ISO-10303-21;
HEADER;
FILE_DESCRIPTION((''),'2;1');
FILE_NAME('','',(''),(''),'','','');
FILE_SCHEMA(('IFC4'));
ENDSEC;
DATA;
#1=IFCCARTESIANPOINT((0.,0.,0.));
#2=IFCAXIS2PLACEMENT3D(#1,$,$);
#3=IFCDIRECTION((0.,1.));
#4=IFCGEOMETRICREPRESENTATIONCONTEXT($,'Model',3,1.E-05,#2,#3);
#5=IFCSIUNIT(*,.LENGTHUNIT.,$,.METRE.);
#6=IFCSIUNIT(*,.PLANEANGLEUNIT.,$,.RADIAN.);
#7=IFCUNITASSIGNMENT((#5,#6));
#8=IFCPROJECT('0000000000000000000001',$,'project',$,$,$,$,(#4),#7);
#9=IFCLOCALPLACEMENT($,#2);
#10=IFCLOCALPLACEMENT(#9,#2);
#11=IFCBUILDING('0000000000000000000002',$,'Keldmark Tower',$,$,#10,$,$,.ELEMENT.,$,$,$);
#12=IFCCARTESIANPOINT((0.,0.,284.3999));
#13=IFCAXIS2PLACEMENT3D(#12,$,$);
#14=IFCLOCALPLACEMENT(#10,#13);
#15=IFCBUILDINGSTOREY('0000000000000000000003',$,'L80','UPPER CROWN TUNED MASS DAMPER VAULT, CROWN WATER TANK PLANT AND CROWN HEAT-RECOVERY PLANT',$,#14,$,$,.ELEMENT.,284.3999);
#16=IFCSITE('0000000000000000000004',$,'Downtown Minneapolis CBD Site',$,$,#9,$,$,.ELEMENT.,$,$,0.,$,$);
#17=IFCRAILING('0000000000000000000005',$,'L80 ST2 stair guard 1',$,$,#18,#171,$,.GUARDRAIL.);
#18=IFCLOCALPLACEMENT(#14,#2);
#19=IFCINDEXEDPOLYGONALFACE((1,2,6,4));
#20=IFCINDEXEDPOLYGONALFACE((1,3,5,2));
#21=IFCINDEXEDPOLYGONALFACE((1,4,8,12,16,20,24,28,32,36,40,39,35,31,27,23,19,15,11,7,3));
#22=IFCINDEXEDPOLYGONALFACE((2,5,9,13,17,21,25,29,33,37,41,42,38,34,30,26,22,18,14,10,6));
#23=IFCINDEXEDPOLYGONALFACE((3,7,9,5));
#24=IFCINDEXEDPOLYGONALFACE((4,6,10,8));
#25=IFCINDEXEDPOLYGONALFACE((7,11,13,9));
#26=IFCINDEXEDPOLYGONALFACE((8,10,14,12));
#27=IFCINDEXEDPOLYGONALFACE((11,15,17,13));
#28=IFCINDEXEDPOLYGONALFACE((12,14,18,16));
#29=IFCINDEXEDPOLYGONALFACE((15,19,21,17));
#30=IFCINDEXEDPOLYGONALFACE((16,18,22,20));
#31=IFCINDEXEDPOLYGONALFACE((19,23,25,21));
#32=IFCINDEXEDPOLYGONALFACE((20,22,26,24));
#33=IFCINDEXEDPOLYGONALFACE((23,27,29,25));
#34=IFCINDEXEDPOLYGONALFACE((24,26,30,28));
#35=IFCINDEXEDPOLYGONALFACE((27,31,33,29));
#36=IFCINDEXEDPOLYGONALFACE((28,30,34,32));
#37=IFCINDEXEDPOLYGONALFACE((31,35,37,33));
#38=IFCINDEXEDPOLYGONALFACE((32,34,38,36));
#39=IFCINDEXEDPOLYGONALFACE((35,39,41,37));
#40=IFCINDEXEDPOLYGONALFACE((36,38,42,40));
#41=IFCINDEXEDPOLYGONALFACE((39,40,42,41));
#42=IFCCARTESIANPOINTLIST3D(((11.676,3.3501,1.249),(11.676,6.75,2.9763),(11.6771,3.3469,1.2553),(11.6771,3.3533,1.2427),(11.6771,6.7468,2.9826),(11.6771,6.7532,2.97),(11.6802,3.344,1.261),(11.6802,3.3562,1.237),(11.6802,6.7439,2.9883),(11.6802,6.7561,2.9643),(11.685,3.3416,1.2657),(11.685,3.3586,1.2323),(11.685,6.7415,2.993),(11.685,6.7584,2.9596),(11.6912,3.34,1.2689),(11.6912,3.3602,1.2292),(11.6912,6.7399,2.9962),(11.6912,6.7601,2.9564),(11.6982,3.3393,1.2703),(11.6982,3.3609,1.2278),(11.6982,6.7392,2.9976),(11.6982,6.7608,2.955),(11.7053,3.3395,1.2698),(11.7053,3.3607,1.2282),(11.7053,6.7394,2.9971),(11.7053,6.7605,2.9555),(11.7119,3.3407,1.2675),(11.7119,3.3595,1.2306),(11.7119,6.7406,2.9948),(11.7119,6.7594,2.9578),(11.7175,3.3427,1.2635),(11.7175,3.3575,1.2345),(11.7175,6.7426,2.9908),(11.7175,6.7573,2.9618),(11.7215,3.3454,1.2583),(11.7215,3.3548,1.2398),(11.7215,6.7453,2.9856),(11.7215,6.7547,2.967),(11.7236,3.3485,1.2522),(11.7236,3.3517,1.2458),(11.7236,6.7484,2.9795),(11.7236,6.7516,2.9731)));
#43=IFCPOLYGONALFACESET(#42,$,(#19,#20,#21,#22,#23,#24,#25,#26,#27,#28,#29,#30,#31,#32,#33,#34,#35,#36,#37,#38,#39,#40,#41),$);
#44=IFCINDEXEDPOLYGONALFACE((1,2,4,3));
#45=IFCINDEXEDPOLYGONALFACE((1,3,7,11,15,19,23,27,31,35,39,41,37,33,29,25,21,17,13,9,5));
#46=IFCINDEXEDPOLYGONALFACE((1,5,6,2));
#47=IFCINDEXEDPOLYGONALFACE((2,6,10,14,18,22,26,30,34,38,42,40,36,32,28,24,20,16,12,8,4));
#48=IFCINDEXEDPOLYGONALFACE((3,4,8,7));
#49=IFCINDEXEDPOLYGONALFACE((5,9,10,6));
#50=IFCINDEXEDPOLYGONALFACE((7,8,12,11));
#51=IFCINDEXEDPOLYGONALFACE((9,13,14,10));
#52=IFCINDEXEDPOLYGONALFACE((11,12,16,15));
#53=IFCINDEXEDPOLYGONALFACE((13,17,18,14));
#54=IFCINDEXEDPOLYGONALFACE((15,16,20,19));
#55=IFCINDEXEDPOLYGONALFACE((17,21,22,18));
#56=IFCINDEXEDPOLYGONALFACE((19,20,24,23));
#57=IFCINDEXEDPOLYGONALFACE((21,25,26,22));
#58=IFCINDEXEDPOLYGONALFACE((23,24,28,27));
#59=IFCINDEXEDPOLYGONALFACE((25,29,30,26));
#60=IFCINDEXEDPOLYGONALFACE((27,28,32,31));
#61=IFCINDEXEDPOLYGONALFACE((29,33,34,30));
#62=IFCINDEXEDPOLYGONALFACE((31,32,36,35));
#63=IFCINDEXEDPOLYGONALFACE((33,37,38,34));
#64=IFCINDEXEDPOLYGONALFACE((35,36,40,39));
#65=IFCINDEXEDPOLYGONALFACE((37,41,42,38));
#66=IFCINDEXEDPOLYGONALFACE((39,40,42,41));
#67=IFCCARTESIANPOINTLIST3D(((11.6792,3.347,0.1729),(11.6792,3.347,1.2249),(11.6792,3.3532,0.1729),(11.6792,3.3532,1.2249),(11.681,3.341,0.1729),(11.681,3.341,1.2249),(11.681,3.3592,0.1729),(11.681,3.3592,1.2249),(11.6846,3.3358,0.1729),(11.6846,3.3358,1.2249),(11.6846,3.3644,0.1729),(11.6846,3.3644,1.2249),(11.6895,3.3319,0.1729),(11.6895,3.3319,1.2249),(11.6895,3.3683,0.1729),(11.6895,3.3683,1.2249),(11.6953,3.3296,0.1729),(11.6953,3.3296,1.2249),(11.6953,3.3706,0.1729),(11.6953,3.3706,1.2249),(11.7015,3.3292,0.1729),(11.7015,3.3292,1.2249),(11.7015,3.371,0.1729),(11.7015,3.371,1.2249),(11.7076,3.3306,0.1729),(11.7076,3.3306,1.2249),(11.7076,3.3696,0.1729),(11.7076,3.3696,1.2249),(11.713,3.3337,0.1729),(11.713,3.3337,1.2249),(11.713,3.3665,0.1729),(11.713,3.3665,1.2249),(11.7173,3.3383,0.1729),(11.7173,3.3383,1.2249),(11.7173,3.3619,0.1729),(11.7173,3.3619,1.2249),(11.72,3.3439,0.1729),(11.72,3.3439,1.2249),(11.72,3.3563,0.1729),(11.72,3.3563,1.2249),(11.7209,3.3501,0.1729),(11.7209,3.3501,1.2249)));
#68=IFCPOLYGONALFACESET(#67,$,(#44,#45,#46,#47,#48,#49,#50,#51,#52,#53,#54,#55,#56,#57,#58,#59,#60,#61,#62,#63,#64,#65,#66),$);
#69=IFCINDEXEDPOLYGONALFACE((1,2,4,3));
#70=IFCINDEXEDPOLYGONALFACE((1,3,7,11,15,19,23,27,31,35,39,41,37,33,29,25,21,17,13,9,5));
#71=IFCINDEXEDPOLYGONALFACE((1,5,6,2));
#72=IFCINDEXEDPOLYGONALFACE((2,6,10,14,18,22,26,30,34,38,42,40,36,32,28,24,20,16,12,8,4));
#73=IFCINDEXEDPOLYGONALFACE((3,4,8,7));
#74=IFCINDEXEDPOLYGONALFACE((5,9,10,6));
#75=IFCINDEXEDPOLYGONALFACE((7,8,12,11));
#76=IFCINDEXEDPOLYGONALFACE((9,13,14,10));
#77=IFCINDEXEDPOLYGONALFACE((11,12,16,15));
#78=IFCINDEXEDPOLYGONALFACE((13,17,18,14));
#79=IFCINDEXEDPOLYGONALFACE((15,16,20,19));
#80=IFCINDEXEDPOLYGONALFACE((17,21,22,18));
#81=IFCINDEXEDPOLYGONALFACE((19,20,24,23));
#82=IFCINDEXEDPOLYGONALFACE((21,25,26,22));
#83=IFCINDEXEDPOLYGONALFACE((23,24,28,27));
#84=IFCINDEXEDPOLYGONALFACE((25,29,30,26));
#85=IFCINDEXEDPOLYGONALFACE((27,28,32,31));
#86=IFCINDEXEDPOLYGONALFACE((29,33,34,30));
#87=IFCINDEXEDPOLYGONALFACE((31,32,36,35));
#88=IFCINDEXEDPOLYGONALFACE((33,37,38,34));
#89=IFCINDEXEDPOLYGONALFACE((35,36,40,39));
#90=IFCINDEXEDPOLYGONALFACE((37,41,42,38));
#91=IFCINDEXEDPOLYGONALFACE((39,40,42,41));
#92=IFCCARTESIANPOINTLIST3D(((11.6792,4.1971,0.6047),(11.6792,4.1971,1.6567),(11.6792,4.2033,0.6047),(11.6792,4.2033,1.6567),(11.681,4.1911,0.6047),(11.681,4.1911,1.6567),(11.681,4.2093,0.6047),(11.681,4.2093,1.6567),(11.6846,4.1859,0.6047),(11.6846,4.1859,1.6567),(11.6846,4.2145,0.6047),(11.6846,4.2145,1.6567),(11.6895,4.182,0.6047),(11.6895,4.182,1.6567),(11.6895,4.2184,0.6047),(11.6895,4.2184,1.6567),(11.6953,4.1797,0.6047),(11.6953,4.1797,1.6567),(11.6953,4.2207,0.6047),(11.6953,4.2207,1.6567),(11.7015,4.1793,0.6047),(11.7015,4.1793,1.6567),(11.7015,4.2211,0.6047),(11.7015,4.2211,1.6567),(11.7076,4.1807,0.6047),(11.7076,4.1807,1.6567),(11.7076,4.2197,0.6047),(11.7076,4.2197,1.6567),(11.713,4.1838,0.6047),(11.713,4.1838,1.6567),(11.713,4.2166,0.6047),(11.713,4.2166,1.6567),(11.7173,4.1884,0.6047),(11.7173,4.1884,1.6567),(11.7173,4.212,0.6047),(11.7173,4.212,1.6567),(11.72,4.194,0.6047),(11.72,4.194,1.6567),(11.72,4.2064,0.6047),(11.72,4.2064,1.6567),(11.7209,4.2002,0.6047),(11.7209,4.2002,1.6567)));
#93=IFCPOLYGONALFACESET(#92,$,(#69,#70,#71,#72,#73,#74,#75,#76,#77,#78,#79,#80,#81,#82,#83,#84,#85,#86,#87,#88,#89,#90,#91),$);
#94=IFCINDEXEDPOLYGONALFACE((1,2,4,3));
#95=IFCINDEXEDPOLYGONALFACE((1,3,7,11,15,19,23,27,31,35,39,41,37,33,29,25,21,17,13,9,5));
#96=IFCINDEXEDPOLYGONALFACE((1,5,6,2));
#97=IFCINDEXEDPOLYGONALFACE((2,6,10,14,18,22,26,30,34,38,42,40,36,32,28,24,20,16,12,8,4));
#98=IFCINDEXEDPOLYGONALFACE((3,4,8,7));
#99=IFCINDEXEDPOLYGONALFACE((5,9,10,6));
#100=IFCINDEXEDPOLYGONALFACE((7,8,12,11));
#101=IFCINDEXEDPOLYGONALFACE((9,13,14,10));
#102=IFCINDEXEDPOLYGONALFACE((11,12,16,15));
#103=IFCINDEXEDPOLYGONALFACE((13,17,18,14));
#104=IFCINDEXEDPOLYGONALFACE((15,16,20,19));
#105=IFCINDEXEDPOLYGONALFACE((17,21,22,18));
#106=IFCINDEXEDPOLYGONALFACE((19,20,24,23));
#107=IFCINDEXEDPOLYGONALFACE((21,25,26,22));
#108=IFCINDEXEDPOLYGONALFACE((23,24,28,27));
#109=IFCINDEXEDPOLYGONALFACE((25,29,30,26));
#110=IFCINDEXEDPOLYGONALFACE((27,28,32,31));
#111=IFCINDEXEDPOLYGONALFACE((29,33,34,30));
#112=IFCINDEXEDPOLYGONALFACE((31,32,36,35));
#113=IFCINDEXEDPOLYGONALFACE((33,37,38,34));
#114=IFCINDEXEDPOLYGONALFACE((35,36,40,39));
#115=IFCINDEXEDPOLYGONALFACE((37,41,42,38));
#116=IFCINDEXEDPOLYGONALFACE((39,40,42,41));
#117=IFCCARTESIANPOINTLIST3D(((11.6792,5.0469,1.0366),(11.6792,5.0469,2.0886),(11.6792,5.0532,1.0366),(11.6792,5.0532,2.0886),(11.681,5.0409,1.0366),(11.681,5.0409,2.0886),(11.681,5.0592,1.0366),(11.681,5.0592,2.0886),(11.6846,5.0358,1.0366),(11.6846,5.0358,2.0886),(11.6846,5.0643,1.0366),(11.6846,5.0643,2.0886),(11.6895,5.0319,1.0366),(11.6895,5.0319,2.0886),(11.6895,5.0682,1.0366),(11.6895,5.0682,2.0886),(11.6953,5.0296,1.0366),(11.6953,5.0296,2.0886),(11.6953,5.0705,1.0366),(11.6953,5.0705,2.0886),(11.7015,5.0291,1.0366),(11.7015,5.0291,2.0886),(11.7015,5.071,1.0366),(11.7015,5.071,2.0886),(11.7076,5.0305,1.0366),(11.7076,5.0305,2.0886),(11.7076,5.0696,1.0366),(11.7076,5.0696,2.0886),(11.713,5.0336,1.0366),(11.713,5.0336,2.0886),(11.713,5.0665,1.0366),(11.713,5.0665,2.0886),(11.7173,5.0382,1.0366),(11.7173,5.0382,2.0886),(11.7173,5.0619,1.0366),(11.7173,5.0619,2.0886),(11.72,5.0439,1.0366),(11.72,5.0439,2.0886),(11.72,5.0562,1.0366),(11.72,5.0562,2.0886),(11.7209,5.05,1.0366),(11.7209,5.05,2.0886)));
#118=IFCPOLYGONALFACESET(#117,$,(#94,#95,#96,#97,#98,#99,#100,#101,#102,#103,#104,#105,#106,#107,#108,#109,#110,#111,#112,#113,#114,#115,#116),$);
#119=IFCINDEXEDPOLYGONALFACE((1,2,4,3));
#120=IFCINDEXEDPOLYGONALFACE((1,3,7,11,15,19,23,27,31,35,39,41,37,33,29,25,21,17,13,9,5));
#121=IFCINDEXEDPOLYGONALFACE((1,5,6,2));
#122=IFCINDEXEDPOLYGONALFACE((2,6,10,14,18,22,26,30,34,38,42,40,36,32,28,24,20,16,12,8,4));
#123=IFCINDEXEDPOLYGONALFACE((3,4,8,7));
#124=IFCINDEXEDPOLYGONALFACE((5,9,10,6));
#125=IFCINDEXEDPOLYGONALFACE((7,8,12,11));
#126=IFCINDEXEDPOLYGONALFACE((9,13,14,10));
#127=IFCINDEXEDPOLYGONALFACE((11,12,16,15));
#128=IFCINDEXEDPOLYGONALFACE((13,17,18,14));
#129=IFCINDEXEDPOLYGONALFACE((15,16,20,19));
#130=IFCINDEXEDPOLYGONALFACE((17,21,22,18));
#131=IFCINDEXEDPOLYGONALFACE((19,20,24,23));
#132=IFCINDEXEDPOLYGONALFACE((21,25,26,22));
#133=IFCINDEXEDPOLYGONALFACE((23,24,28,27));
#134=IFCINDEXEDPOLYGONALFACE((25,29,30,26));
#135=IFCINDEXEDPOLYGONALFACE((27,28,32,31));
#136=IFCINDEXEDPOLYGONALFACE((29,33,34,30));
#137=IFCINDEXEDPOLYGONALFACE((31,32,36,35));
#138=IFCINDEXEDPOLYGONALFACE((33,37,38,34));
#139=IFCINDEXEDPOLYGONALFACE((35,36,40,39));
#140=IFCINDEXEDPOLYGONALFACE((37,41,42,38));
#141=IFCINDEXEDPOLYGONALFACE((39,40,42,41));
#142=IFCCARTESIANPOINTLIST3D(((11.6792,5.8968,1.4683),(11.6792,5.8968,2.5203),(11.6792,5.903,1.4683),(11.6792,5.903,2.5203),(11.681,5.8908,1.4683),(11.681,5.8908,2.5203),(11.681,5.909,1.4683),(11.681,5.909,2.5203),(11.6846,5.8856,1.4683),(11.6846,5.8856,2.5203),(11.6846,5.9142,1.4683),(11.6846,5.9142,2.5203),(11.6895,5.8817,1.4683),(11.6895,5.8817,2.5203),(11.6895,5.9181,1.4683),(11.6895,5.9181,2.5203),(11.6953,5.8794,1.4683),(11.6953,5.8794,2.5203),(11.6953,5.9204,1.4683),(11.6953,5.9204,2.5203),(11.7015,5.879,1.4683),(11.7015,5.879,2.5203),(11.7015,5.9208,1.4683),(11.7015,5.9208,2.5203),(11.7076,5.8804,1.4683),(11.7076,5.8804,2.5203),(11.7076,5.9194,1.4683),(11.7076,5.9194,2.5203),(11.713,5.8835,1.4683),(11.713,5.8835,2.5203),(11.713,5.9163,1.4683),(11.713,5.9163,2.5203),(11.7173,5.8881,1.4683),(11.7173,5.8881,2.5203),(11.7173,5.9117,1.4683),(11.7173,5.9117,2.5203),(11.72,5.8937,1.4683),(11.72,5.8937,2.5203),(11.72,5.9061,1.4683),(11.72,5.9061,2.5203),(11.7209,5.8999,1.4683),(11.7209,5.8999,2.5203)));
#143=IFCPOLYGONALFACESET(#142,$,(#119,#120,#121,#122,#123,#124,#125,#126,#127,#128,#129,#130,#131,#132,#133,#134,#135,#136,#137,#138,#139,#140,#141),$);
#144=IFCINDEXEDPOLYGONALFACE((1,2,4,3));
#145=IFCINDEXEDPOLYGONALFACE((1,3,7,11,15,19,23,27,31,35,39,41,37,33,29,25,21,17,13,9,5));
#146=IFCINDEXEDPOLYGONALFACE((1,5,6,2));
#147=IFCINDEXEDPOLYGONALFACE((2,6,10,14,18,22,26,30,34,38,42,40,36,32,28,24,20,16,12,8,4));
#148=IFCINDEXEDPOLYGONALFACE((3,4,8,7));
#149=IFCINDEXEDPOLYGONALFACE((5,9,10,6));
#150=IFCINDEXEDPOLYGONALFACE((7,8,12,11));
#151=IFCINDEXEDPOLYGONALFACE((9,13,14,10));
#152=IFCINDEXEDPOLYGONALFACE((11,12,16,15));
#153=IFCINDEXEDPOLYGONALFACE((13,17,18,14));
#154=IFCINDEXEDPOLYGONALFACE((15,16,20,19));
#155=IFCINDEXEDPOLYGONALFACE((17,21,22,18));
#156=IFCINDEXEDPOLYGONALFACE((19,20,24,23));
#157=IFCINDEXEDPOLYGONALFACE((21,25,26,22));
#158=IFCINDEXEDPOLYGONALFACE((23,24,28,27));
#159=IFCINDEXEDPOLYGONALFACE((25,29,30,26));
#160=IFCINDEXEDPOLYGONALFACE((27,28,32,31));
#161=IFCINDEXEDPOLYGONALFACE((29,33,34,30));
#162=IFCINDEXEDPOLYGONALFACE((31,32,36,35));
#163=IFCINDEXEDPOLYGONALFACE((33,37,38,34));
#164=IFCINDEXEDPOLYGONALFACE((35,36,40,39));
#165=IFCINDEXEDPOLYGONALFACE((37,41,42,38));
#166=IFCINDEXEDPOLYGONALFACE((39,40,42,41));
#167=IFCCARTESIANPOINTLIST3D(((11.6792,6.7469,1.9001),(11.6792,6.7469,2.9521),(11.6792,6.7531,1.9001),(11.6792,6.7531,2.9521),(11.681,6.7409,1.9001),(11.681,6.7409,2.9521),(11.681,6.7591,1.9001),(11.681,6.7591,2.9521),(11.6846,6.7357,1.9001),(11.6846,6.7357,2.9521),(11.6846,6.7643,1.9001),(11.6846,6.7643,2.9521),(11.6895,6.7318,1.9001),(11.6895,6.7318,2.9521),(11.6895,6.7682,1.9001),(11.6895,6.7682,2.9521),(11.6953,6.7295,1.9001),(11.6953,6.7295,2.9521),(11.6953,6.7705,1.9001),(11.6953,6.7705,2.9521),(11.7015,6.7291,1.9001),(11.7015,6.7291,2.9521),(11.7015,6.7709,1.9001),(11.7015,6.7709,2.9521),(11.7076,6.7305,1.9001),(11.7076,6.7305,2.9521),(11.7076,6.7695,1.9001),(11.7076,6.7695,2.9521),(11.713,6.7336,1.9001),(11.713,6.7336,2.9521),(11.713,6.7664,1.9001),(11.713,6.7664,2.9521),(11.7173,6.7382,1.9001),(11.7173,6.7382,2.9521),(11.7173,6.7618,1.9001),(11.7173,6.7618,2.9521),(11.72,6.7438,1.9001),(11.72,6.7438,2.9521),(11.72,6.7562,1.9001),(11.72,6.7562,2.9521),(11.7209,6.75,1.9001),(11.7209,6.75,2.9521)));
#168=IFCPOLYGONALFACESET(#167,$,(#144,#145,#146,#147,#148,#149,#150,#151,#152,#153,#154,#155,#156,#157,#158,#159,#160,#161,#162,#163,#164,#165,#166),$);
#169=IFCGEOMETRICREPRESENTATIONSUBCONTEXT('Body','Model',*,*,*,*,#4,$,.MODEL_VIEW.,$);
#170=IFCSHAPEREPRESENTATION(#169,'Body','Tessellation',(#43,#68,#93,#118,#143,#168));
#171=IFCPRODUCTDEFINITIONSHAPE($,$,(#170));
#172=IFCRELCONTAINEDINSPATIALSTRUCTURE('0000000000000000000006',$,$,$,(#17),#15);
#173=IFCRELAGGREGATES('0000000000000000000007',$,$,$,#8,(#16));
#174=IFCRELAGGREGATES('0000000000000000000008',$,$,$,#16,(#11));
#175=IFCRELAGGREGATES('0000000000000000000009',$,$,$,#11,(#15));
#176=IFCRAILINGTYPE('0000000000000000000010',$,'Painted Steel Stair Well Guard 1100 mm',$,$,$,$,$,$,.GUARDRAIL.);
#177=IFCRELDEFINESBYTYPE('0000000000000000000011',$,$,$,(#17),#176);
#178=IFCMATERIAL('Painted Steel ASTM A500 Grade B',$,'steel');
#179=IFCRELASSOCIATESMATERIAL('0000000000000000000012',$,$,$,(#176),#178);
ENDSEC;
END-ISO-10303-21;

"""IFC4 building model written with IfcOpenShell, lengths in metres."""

from ifc_helpers import new_model, si_unit, direction, frame, origin, origin_2d, place, context, subcontext, project, spatial, circle, extrude, material, type_object, element, save


model = new_model("IFC4")

# Units and contexts
model_context = context("Model", 3, precision=1e-05, world=origin(), true_north=direction((0.0, 1.0)))
body_context = subcontext(model_context, "Body", "Model", "MODEL_VIEW")
ifc_project = project(units=[si_unit("LENGTHUNIT", "METRE"), si_unit("PLANEANGLEUNIT", "RADIAN")], contexts=[model_context])

# Site, building, storey
site_placement = place(None, origin())
site = spatial("IfcSite", under=ifc_project, at=site_placement, Name="Downtown Minneapolis CBD Site", CompositionType="ELEMENT", RefElevation=0.0)
building_placement = place(site_placement, origin())
building = spatial("IfcBuilding", under=site, at=building_placement, Name="Keldmark Tower", CompositionType="ELEMENT")
storey_placement = place(building_placement, frame((0.0, 0.0, 284.3999)))
storey = spatial("IfcBuildingStorey", under=building, at=storey_placement, Name="L80", Description="UPPER CROWN TUNED MASS DAMPER VAULT, CROWN WATER TANK PLANT AND CROWN HEAT-RECOVERY PLANT", CompositionType="ELEMENT", Elevation=284.3999)

# Railing
ifc_material_1 = material(Name="Painted Steel ASTM A500 Grade B", Category="steel")
railing_type_1 = type_object("IfcRailingType", Name="Painted Steel Stair Well Guard 1100 mm", PredefinedType="GUARDRAIL", material=ifc_material_1)
railing_1_placement = place(storey_placement, frame((11.7, 3.3501, 0.1729)))
element("IfcRailing", 1, at=railing_1_placement, inside=storey, type_object=railing_type_1, Name="L80 ST2 stair guard 1", PredefinedType="GUARDRAIL", context=body_context, shape_type="SweptSolid", body=[
    extrude(circle(Radius=0.0239, at=origin_2d()), frame((0.0, 0.0, 1.0762), z_axis=(0.0, 0.891541, 0.452941), x_axis=(-1.0, 0.0, 0.0)), (0.0, 0.0, 1.0), 3.8135),
    extrude(circle(Radius=0.021, at=origin_2d()), origin(), (0.0, 0.0, 1.0), 1.052),
    extrude(circle(Radius=0.021, at=origin_2d()), frame((0.0, 0.8501, 0.4319)), (0.0, 0.0, 1.0), 1.052),
    extrude(circle(Radius=0.021, at=origin_2d()), frame((0.0, 1.7, 0.8638)), (0.0, 0.0, 1.0), 1.052),
    extrude(circle(Radius=0.021, at=origin_2d()), frame((0.0, 2.5498, 1.2954)), (0.0, 0.0, 1.0), 1.052),
    extrude(circle(Radius=0.021, at=origin_2d()), frame((0.0, 3.3999, 1.7273)), (0.0, 0.0, 1.0), 1.052),
])

save(model, "model.ifc")
